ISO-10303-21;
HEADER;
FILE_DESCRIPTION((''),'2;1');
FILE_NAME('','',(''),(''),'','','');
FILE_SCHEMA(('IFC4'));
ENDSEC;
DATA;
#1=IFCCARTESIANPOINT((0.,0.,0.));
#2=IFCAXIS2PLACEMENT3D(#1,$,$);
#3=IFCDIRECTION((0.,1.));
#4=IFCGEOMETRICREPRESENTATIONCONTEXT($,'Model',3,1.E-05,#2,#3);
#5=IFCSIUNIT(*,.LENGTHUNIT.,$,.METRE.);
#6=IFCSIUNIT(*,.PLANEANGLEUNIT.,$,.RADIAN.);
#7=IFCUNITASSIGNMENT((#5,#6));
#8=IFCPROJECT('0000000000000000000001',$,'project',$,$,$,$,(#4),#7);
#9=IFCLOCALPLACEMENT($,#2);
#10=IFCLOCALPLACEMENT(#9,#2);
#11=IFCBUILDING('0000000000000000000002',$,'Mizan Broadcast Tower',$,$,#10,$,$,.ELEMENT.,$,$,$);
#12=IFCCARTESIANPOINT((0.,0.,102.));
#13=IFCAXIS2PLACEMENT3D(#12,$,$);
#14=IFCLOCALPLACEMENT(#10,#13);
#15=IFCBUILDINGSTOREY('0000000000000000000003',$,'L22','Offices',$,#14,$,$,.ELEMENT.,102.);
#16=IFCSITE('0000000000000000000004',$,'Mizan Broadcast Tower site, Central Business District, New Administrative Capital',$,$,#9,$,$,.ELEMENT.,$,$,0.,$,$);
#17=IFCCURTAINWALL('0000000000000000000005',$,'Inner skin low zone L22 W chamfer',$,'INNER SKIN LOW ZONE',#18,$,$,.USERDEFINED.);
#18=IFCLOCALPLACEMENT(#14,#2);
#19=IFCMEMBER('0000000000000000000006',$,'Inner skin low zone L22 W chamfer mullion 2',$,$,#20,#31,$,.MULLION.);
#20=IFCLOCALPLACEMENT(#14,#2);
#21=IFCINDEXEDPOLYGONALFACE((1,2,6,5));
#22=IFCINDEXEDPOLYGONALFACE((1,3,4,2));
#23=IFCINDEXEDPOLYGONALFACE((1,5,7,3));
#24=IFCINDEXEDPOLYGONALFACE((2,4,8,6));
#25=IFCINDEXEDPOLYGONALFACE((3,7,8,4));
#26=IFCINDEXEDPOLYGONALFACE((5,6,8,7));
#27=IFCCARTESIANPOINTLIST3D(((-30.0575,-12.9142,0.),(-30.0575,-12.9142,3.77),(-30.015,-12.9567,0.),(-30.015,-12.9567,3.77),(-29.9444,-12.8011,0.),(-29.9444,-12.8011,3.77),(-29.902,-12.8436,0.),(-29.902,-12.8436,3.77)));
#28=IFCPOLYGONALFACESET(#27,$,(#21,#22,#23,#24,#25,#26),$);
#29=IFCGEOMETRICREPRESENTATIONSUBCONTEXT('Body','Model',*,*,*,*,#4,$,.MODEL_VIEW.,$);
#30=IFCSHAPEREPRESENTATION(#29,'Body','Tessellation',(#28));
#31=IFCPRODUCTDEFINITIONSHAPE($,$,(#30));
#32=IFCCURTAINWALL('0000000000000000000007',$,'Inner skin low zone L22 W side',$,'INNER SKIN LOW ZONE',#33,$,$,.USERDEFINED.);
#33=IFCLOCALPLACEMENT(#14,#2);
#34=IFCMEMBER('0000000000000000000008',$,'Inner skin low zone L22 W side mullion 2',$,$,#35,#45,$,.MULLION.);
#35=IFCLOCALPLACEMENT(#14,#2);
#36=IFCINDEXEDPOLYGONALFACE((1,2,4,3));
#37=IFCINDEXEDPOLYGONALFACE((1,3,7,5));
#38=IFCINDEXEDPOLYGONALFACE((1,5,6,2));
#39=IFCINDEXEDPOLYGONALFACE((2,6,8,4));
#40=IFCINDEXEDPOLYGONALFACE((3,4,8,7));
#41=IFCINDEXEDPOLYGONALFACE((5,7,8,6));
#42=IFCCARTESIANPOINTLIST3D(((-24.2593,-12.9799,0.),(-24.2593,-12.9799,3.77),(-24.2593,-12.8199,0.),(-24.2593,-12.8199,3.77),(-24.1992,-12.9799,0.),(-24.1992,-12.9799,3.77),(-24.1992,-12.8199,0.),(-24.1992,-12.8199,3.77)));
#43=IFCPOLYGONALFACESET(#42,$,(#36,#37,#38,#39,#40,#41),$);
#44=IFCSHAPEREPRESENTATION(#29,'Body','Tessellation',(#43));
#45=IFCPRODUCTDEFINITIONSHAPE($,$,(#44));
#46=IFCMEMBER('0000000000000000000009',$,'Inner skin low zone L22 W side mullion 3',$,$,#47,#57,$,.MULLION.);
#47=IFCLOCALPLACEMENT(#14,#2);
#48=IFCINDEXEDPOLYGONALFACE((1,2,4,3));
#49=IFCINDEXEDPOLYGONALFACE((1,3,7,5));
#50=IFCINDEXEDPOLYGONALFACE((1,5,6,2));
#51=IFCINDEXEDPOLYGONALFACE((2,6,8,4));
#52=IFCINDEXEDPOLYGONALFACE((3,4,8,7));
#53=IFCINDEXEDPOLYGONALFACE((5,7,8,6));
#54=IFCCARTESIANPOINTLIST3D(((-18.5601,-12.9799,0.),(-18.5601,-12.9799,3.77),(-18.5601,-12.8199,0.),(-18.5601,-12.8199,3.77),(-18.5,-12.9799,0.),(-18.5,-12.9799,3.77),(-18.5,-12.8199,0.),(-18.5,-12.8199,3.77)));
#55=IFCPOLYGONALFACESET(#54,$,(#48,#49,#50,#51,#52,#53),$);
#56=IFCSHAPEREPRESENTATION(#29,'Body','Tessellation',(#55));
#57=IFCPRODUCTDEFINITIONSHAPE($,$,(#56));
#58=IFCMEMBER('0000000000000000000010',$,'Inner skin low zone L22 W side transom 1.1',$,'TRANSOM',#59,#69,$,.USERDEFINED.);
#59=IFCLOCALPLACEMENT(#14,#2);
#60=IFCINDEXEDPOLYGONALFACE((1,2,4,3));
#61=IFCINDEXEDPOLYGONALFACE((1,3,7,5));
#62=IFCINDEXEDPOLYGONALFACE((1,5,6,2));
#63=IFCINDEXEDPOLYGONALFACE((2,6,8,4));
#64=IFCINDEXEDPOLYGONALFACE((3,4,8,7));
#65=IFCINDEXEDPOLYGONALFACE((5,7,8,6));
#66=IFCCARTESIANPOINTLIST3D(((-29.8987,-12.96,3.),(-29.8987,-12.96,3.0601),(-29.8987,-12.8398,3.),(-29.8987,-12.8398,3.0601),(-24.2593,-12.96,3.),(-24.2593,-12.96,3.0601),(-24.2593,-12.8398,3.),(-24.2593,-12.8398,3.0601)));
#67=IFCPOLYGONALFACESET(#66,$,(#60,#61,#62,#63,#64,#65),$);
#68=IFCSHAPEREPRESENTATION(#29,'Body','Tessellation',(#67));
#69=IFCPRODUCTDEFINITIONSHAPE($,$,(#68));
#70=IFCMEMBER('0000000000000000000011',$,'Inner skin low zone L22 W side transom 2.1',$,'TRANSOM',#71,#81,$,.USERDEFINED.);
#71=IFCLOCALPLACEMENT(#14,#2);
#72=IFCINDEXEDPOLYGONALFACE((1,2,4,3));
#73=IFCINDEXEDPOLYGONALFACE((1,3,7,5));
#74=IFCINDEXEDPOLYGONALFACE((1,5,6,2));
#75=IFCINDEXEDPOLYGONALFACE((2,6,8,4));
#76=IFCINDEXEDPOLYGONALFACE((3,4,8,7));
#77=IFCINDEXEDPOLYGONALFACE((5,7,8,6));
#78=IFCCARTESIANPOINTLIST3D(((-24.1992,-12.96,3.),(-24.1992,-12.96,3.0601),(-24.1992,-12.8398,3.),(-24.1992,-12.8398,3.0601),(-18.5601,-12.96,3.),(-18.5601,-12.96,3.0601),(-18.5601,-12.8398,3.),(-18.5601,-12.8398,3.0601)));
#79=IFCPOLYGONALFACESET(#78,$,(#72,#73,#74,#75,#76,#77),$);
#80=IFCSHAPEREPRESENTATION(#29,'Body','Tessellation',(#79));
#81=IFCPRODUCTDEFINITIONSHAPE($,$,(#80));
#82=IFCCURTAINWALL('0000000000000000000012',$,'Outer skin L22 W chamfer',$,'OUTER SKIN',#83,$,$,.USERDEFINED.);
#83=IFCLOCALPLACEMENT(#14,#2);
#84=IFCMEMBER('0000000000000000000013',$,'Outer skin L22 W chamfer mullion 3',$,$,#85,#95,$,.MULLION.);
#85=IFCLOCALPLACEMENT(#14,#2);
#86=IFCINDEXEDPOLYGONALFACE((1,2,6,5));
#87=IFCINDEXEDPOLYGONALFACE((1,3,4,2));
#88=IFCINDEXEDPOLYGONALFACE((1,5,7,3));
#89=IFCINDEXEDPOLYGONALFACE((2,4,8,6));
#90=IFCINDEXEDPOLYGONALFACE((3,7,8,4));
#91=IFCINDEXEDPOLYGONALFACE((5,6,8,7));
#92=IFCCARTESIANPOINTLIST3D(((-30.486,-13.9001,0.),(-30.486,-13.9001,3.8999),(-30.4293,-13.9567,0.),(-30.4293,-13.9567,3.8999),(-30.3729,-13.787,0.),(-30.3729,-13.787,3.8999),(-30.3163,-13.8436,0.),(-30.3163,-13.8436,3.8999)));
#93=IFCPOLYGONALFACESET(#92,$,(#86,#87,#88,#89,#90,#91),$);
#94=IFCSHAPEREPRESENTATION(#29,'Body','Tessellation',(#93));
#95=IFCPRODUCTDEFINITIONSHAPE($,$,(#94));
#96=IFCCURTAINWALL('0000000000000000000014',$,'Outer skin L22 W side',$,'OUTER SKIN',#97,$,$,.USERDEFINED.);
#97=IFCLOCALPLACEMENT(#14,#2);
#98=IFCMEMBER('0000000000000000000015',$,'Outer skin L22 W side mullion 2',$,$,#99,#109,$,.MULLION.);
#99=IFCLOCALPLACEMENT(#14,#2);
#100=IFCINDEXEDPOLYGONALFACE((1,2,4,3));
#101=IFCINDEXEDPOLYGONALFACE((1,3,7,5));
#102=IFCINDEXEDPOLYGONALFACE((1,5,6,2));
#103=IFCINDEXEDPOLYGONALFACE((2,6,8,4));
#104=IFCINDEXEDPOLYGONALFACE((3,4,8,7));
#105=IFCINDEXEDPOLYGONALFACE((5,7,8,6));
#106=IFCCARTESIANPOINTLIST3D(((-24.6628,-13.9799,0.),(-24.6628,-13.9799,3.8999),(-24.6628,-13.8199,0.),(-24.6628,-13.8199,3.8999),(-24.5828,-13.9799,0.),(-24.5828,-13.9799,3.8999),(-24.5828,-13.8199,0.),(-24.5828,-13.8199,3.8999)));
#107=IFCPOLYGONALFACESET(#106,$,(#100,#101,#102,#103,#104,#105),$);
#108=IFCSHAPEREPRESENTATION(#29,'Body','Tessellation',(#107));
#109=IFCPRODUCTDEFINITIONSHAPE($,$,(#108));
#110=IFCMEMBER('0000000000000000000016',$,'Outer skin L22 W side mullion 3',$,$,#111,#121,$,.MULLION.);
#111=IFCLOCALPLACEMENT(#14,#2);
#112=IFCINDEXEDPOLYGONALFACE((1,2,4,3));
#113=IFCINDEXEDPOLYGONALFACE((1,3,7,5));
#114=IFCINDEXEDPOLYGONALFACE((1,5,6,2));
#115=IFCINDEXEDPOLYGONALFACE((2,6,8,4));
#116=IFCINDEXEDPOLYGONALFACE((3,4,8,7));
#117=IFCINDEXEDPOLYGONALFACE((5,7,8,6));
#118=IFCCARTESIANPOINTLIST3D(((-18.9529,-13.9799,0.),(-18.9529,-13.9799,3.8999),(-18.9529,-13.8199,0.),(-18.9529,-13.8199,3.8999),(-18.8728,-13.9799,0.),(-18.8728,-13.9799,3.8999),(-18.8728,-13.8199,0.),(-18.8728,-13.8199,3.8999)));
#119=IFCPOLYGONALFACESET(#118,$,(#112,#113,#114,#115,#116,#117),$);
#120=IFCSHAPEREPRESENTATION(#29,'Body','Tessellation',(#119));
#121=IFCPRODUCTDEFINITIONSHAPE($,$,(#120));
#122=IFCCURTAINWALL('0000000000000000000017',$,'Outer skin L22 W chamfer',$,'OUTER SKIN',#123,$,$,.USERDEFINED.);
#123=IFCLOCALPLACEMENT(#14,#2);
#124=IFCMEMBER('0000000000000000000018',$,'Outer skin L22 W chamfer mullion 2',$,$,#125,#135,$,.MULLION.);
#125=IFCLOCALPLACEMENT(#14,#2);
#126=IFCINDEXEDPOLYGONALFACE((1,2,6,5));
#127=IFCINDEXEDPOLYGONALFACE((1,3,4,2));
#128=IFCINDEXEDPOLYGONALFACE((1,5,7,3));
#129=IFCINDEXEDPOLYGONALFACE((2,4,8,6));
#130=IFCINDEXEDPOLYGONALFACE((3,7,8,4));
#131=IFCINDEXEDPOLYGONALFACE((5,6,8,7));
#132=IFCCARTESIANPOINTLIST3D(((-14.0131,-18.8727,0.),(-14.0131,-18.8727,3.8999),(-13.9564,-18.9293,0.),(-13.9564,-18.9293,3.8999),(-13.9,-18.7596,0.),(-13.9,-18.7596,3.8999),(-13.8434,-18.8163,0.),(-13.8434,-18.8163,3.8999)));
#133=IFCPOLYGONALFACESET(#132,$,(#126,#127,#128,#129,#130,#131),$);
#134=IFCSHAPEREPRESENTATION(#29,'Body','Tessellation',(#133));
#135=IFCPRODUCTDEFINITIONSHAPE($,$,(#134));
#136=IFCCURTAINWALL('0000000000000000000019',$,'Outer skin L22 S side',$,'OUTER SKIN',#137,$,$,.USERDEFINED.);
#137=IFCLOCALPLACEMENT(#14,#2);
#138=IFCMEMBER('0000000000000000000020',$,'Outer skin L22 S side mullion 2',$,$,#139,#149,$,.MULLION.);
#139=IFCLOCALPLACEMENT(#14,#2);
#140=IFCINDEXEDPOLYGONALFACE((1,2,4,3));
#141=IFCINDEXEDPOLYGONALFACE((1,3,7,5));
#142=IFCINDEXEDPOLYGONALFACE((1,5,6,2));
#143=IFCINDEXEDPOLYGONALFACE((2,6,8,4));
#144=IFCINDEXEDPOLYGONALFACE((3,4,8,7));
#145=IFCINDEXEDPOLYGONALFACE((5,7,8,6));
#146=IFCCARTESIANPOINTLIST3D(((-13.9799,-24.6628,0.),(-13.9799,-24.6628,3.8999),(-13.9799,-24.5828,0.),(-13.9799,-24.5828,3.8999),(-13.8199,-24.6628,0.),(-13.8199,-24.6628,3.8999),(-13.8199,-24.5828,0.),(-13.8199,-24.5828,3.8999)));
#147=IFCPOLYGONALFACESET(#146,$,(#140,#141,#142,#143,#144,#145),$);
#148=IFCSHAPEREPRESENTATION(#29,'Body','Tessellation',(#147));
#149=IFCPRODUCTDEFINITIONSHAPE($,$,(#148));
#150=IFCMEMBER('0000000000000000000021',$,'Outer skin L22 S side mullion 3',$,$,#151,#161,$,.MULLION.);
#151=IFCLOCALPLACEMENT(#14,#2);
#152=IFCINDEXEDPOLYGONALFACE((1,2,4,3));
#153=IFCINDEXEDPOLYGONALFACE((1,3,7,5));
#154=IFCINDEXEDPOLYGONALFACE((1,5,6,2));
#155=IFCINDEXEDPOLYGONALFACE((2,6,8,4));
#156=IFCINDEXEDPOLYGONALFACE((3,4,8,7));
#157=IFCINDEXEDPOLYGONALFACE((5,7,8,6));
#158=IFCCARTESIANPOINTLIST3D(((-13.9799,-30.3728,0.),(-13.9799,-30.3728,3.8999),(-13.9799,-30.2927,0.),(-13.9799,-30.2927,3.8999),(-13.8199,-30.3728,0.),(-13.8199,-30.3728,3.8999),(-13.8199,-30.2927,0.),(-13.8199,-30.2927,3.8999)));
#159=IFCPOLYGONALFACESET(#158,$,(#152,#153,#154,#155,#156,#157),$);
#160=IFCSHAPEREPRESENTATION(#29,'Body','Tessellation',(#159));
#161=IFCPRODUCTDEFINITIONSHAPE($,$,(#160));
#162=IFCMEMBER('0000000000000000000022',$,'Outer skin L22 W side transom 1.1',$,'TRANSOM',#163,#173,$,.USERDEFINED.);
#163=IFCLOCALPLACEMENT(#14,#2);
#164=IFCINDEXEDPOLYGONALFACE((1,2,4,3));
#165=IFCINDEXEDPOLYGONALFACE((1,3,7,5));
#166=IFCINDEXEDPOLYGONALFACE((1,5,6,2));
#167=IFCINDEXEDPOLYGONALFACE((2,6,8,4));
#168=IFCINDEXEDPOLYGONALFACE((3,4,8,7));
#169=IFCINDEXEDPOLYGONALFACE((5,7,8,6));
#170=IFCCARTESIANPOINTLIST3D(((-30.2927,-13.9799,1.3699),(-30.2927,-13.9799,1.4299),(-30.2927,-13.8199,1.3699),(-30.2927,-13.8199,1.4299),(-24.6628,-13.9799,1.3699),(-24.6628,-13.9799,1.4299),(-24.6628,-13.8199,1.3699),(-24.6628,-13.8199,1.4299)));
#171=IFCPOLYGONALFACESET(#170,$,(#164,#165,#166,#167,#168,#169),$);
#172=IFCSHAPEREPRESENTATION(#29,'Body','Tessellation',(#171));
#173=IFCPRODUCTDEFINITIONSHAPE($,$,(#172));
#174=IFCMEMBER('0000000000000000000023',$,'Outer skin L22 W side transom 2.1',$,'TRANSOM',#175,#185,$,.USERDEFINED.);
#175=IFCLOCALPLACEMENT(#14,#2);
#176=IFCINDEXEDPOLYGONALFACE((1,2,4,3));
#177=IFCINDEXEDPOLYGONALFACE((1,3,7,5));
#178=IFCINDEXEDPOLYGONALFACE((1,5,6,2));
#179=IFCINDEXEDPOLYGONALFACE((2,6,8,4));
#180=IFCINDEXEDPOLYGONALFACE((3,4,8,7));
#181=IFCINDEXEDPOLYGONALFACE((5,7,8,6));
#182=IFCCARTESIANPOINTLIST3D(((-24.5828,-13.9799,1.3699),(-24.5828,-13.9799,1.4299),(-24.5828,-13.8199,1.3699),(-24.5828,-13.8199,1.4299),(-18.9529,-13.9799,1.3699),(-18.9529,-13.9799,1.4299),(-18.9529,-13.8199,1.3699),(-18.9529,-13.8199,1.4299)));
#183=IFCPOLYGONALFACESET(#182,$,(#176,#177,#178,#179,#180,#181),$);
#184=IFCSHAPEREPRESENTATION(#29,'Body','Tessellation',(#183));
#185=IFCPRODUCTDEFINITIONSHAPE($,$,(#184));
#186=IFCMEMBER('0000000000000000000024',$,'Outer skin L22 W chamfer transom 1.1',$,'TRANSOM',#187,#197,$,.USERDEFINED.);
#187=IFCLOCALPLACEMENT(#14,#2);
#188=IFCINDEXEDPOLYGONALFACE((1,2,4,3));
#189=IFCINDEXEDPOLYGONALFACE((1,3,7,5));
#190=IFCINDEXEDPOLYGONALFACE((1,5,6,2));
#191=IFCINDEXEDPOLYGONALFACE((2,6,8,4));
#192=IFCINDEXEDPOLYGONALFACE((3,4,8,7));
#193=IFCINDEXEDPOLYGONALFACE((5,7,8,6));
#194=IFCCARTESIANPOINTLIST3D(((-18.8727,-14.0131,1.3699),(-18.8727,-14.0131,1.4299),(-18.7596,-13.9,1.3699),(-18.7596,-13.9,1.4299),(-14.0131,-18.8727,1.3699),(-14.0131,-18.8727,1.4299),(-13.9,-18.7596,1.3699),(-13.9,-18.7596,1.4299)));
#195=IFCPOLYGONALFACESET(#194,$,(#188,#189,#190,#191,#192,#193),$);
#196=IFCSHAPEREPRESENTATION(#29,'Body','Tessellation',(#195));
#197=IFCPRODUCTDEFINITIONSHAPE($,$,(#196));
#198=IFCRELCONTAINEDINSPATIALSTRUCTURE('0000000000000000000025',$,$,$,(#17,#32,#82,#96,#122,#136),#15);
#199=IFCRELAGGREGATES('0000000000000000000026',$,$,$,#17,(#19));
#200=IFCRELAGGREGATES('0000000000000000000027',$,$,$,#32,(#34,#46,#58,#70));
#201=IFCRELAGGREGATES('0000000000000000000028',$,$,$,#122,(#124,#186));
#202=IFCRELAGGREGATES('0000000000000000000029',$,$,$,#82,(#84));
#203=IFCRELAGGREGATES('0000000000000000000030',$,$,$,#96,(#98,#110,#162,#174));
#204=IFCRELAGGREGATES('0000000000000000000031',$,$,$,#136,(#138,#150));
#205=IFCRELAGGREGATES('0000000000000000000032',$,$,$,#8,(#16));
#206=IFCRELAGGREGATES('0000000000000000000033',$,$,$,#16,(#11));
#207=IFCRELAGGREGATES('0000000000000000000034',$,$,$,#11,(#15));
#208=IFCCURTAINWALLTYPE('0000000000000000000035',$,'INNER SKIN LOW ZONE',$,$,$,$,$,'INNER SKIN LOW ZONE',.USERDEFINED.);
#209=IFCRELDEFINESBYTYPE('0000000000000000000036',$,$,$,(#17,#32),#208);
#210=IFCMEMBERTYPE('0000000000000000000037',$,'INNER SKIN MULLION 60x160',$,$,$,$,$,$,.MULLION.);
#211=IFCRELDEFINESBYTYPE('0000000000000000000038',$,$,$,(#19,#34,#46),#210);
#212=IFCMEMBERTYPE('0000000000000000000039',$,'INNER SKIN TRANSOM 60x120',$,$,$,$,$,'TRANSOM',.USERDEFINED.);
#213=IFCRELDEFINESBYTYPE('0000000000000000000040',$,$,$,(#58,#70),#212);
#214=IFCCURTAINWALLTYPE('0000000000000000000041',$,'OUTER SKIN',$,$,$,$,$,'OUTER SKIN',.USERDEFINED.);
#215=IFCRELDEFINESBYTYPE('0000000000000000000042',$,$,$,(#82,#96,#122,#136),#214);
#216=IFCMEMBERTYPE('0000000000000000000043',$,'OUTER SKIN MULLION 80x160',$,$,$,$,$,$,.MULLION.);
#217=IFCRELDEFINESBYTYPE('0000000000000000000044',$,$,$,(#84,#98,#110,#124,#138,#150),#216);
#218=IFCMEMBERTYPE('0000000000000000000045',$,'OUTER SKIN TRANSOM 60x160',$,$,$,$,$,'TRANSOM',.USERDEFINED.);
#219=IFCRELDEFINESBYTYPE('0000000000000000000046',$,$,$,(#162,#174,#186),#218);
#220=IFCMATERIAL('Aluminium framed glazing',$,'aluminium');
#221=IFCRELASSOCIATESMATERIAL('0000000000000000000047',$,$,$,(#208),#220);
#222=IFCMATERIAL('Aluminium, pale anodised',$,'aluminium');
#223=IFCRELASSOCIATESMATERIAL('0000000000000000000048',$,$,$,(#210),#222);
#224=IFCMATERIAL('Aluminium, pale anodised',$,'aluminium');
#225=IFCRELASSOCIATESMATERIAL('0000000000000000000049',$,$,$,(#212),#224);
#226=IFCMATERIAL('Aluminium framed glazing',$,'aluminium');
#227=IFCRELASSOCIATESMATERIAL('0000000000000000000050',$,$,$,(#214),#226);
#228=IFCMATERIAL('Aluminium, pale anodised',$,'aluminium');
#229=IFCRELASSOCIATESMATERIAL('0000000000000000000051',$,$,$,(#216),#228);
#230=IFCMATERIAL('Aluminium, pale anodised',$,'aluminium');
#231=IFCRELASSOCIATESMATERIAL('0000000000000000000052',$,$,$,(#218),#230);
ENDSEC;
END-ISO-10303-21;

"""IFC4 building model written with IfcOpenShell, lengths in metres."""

from ifc_helpers import new_model, si_unit, direction, frame, origin, origin_2d, place, context, subcontext, project, spatial, rectangle, extrude, material, material_profile, profile_set, type_object, element, aggregate, save


model = new_model("IFC4")

# Units and contexts
model_context = context("Model", 3, precision=1e-05, world=origin(), true_north=direction((0.0, 1.0)))
body_context = subcontext(model_context, "Body", "Model", "MODEL_VIEW")
ifc_project = project(units=[si_unit("LENGTHUNIT", "METRE"), si_unit("PLANEANGLEUNIT", "RADIAN")], contexts=[model_context])

# Site, building, storey
site_placement = place(None, origin())
site = spatial("IfcSite", under=ifc_project, at=site_placement, Name="Mizan Broadcast Tower site, Central Business District, New Administrative Capital", CompositionType="ELEMENT", RefElevation=0.0)
building_placement = place(site_placement, origin())
building = spatial("IfcBuilding", under=site, at=building_placement, Name="Mizan Broadcast Tower", CompositionType="ELEMENT")
storey_placement = place(building_placement, frame((0.0, 0.0, 102.0)))
storey = spatial("IfcBuildingStorey", under=building, at=storey_placement, Name="L22", Description="Offices", CompositionType="ELEMENT", Elevation=102.0)

# Curtain wall, member
ifc_material_1 = material(Name="Aluminium framed glazing", Category="aluminium")
curtain_wall_type_1 = type_object("IfcCurtainWallType", Name="INNER SKIN LOW ZONE", ElementType="INNER SKIN LOW ZONE", PredefinedType="USERDEFINED", material=ifc_material_1)
curtain_wall_1_placement = place(storey_placement, origin())
curtain_wall_1 = element("IfcCurtainWall", 1, at=curtain_wall_1_placement, inside=storey, type_object=curtain_wall_type_1, Name="Inner skin low zone L22 W chamfer", ObjectType="INNER SKIN LOW ZONE", PredefinedType="USERDEFINED")
ifc_material_2 = material(Name="Aluminium, pale anodised", Category="aluminium")
ifc_material_profile_1 = material_profile(ifc_material_2, rectangle(XDim=0.1599, YDim=0.0601, at=origin_2d()), Name="MULLION 160x60")
ifc_profile_set_1 = profile_set([ifc_material_profile_1], Name="Aluminium, pale anodised")
member_type_1 = type_object("IfcMemberType", Name="INNER SKIN MULLION 60x160", PredefinedType="MULLION", material=ifc_profile_set_1)
member_1_placement = place(storey_placement, frame((-29.9797, -12.8789, 0.0), z_axis=(0.0, 0.0, 1.0), x_axis=(0.707107, 0.707107, 0.0)))
member_1 = element("IfcMember", 2, at=member_1_placement, type_object=member_type_1, Name="Inner skin low zone L22 W chamfer mullion 2", PredefinedType="MULLION", context=body_context, shape_type="SweptSolid", body=[
    extrude(rectangle(XDim=0.1599, YDim=0.0601, at=origin_2d()), origin(), (0.0, 0.0, 1.0), 3.77),
])
aggregate(curtain_wall_1, [member_1])

# Curtain wall, members
curtain_wall_2_placement = place(storey_placement, origin())
curtain_wall_2 = element("IfcCurtainWall", 3, at=curtain_wall_2_placement, inside=storey, type_object=curtain_wall_type_1, Name="Inner skin low zone L22 W side", ObjectType="INNER SKIN LOW ZONE", PredefinedType="USERDEFINED")
member_2_placement = place(storey_placement, frame((-24.2292, -12.8999, 0.0), z_axis=(0.0, 0.0, 1.0), x_axis=(0.0, 1.0, 0.0)))
member_2 = element("IfcMember", 4, at=member_2_placement, type_object=member_type_1, Name="Inner skin low zone L22 W side mullion 2", PredefinedType="MULLION", context=body_context, shape_type="SweptSolid", body=[
    extrude(rectangle(XDim=0.1599, YDim=0.0601, at=origin_2d()), origin(), (0.0, 0.0, 1.0), 3.77),
])
member_3_placement = place(storey_placement, frame((-18.53, -12.8999, 0.0), z_axis=(0.0, 0.0, 1.0), x_axis=(0.0, 1.0, 0.0)))
member_3 = element("IfcMember", 5, at=member_3_placement, type_object=member_type_1, Name="Inner skin low zone L22 W side mullion 3", PredefinedType="MULLION", context=body_context, shape_type="SweptSolid", body=[
    extrude(rectangle(XDim=0.1599, YDim=0.0601, at=origin_2d()), origin(), (0.0, 0.0, 1.0), 3.77),
])
ifc_material_3 = material(Name="Aluminium, pale anodised", Category="aluminium")
ifc_material_profile_2 = material_profile(ifc_material_3, rectangle(XDim=0.1201, YDim=0.0601, at=origin_2d()), Name="TRANSOM 120x60")
ifc_profile_set_2 = profile_set([ifc_material_profile_2], Name="Aluminium, pale anodised")
member_type_2 = type_object("IfcMemberType", Name="INNER SKIN TRANSOM 60x120", ElementType="TRANSOM", PredefinedType="USERDEFINED", material=ifc_profile_set_2)
member_4_placement = place(storey_placement, frame((-29.8987, -12.8999, 3.03), z_axis=(1.0, 0.0, 0.0), x_axis=(0.0, 1.0, 0.0)))
member_4 = element("IfcMember", 6, at=member_4_placement, type_object=member_type_2, Name="Inner skin low zone L22 W side transom 1.1", ObjectType="TRANSOM", PredefinedType="USERDEFINED", context=body_context, shape_type="SweptSolid", body=[
    extrude(rectangle(XDim=0.1201, YDim=0.0601, at=origin_2d()), origin(), (0.0, 0.0, 1.0), 5.6394),
])
member_5_placement = place(storey_placement, frame((-24.1992, -12.8999, 3.03), z_axis=(1.0, 0.0, 0.0), x_axis=(0.0, 1.0, 0.0)))
member_5 = element("IfcMember", 7, at=member_5_placement, type_object=member_type_2, Name="Inner skin low zone L22 W side transom 2.1", ObjectType="TRANSOM", PredefinedType="USERDEFINED", context=body_context, shape_type="SweptSolid", body=[
    extrude(rectangle(XDim=0.1201, YDim=0.0601, at=origin_2d()), origin(), (0.0, 0.0, 1.0), 5.6392),
])

# Curtain wall, member
ifc_material_4 = material(Name="Aluminium framed glazing", Category="aluminium")
curtain_wall_type_2 = type_object("IfcCurtainWallType", Name="OUTER SKIN", ElementType="OUTER SKIN", PredefinedType="USERDEFINED", material=ifc_material_4)
curtain_wall_3_placement = place(storey_placement, origin())
curtain_wall_3 = element("IfcCurtainWall", 8, at=curtain_wall_3_placement, inside=storey, type_object=curtain_wall_type_2, Name="Outer skin L22 W chamfer", ObjectType="OUTER SKIN", PredefinedType="USERDEFINED")
ifc_material_5 = material(Name="Aluminium, pale anodised", Category="aluminium")
ifc_material_profile_3 = material_profile(ifc_material_5, rectangle(XDim=0.1599, YDim=0.0801, at=origin_2d()), Name="MULLION 160x80")
ifc_profile_set_3 = profile_set([ifc_material_profile_3], Name="Aluminium, pale anodised")
member_type_3 = type_object("IfcMemberType", Name="OUTER SKIN MULLION 80x160", PredefinedType="MULLION", material=ifc_profile_set_3)
member_6_placement = place(storey_placement, frame((-30.4011, -13.8718, 0.0), z_axis=(0.0, 0.0, 1.0), x_axis=(0.707107, 0.707107, 0.0)))
member_6 = element("IfcMember", 9, at=member_6_placement, type_object=member_type_3, Name="Outer skin L22 W chamfer mullion 3", PredefinedType="MULLION", context=body_context, shape_type="SweptSolid", body=[
    extrude(rectangle(XDim=0.1599, YDim=0.0801, at=origin_2d()), origin(), (0.0, 0.0, 1.0), 3.8999),
])

# Curtain wall, members
curtain_wall_4_placement = place(storey_placement, origin())
curtain_wall_4 = element("IfcCurtainWall", 10, at=curtain_wall_4_placement, inside=storey, type_object=curtain_wall_type_2, Name="Outer skin L22 W side", ObjectType="OUTER SKIN", PredefinedType="USERDEFINED")
member_7_placement = place(storey_placement, frame((-24.6228, -13.8999, 0.0), z_axis=(0.0, 0.0, 1.0), x_axis=(0.0, 1.0, 0.0)))
member_7 = element("IfcMember", 11, at=member_7_placement, type_object=member_type_3, Name="Outer skin L22 W side mullion 2", PredefinedType="MULLION", context=body_context, shape_type="SweptSolid", body=[
    extrude(rectangle(XDim=0.1599, YDim=0.0801, at=origin_2d()), origin(), (0.0, 0.0, 1.0), 3.8999),
])
member_8_placement = place(storey_placement, frame((-18.9128, -13.8999, 0.0), z_axis=(0.0, 0.0, 1.0), x_axis=(0.0, 1.0, 0.0)))
member_8 = element("IfcMember", 12, at=member_8_placement, type_object=member_type_3, Name="Outer skin L22 W side mullion 3", PredefinedType="MULLION", context=body_context, shape_type="SweptSolid", body=[
    extrude(rectangle(XDim=0.1599, YDim=0.0801, at=origin_2d()), origin(), (0.0, 0.0, 1.0), 3.8999),
])

# Curtain wall, member
curtain_wall_5_placement = place(storey_placement, origin())
curtain_wall_5 = element("IfcCurtainWall", 13, at=curtain_wall_5_placement, inside=storey, type_object=curtain_wall_type_2, Name="Outer skin L22 W chamfer", ObjectType="OUTER SKIN", PredefinedType="USERDEFINED")
member_9_placement = place(storey_placement, frame((-13.9282, -18.8445, 0.0), z_axis=(0.0, 0.0, 1.0), x_axis=(0.707107, 0.707107, 0.0)))
member_9 = element("IfcMember", 14, at=member_9_placement, type_object=member_type_3, Name="Outer skin L22 W chamfer mullion 2", PredefinedType="MULLION", context=body_context, shape_type="SweptSolid", body=[
    extrude(rectangle(XDim=0.1599, YDim=0.0801, at=origin_2d()), origin(), (0.0, 0.0, 1.0), 3.8999),
])

# Curtain wall, members
curtain_wall_6_placement = place(storey_placement, origin())
curtain_wall_6 = element("IfcCurtainWall", 15, at=curtain_wall_6_placement, inside=storey, type_object=curtain_wall_type_2, Name="Outer skin L22 S side", ObjectType="OUTER SKIN", PredefinedType="USERDEFINED")
member_10_placement = place(storey_placement, frame((-13.8999, -24.6228, 0.0), z_axis=(0.0, 0.0, 1.0), x_axis=(1.0, 0.0, 0.0)))
member_10 = element("IfcMember", 16, at=member_10_placement, type_object=member_type_3, Name="Outer skin L22 S side mullion 2", PredefinedType="MULLION", context=body_context, shape_type="SweptSolid", body=[
    extrude(rectangle(XDim=0.1599, YDim=0.0801, at=origin_2d()), origin(), (0.0, 0.0, 1.0), 3.8999),
])
member_11_placement = place(storey_placement, frame((-13.8999, -30.3328, 0.0), z_axis=(0.0, 0.0, 1.0), x_axis=(1.0, 0.0, 0.0)))
member_11 = element("IfcMember", 17, at=member_11_placement, type_object=member_type_3, Name="Outer skin L22 S side mullion 3", PredefinedType="MULLION", context=body_context, shape_type="SweptSolid", body=[
    extrude(rectangle(XDim=0.1599, YDim=0.0801, at=origin_2d()), origin(), (0.0, 0.0, 1.0), 3.8999),
])

# Members
ifc_material_6 = material(Name="Aluminium, pale anodised", Category="aluminium")
ifc_material_profile_4 = material_profile(ifc_material_6, rectangle(XDim=0.1599, YDim=0.0601, at=origin_2d()), Name="TRANSOM 160x60")
ifc_profile_set_4 = profile_set([ifc_material_profile_4], Name="Aluminium, pale anodised")
member_type_4 = type_object("IfcMemberType", Name="OUTER SKIN TRANSOM 60x160", ElementType="TRANSOM", PredefinedType="USERDEFINED", material=ifc_profile_set_4)
member_12_placement = place(storey_placement, frame((-30.2927, -13.8999, 1.3999), z_axis=(1.0, 0.0, 0.0), x_axis=(0.0, 1.0, 0.0)))
member_12 = element("IfcMember", 18, at=member_12_placement, type_object=member_type_4, Name="Outer skin L22 W side transom 1.1", ObjectType="TRANSOM", PredefinedType="USERDEFINED", context=body_context, shape_type="SweptSolid", body=[
    extrude(rectangle(XDim=0.1599, YDim=0.0601, at=origin_2d()), origin(), (0.0, 0.0, 1.0), 5.6299),
])
member_13_placement = place(storey_placement, frame((-24.5828, -13.8999, 1.3999), z_axis=(1.0, 0.0, 0.0), x_axis=(0.0, 1.0, 0.0)))
member_13 = element("IfcMember", 19, at=member_13_placement, type_object=member_type_4, Name="Outer skin L22 W side transom 2.1", ObjectType="TRANSOM", PredefinedType="USERDEFINED", context=body_context, shape_type="SweptSolid", body=[
    extrude(rectangle(XDim=0.1599, YDim=0.0601, at=origin_2d()), origin(), (0.0, 0.0, 1.0), 5.6299),
])
member_14_placement = place(storey_placement, frame((-18.8162, -13.9565, 1.3999), z_axis=(0.707107, -0.707107, 0.0), x_axis=(0.707107, 0.707107, 0.0)))
member_14 = element("IfcMember", 20, at=member_14_placement, type_object=member_type_4, Name="Outer skin L22 W chamfer transom 1.1", ObjectType="TRANSOM", PredefinedType="USERDEFINED", context=body_context, shape_type="SweptSolid", body=[
    extrude(rectangle(XDim=0.1599, YDim=0.0601, at=origin_2d()), origin(), (0.0, 0.0, 1.0), 6.8726),
])

aggregate(curtain_wall_2, [member_2, member_3, member_4, member_5])
aggregate(curtain_wall_5, [member_9, member_14])
aggregate(curtain_wall_3, [member_6])
aggregate(curtain_wall_4, [member_7, member_8, member_12, member_13])
aggregate(curtain_wall_6, [member_10, member_11])

save(model, "model.ifc")
